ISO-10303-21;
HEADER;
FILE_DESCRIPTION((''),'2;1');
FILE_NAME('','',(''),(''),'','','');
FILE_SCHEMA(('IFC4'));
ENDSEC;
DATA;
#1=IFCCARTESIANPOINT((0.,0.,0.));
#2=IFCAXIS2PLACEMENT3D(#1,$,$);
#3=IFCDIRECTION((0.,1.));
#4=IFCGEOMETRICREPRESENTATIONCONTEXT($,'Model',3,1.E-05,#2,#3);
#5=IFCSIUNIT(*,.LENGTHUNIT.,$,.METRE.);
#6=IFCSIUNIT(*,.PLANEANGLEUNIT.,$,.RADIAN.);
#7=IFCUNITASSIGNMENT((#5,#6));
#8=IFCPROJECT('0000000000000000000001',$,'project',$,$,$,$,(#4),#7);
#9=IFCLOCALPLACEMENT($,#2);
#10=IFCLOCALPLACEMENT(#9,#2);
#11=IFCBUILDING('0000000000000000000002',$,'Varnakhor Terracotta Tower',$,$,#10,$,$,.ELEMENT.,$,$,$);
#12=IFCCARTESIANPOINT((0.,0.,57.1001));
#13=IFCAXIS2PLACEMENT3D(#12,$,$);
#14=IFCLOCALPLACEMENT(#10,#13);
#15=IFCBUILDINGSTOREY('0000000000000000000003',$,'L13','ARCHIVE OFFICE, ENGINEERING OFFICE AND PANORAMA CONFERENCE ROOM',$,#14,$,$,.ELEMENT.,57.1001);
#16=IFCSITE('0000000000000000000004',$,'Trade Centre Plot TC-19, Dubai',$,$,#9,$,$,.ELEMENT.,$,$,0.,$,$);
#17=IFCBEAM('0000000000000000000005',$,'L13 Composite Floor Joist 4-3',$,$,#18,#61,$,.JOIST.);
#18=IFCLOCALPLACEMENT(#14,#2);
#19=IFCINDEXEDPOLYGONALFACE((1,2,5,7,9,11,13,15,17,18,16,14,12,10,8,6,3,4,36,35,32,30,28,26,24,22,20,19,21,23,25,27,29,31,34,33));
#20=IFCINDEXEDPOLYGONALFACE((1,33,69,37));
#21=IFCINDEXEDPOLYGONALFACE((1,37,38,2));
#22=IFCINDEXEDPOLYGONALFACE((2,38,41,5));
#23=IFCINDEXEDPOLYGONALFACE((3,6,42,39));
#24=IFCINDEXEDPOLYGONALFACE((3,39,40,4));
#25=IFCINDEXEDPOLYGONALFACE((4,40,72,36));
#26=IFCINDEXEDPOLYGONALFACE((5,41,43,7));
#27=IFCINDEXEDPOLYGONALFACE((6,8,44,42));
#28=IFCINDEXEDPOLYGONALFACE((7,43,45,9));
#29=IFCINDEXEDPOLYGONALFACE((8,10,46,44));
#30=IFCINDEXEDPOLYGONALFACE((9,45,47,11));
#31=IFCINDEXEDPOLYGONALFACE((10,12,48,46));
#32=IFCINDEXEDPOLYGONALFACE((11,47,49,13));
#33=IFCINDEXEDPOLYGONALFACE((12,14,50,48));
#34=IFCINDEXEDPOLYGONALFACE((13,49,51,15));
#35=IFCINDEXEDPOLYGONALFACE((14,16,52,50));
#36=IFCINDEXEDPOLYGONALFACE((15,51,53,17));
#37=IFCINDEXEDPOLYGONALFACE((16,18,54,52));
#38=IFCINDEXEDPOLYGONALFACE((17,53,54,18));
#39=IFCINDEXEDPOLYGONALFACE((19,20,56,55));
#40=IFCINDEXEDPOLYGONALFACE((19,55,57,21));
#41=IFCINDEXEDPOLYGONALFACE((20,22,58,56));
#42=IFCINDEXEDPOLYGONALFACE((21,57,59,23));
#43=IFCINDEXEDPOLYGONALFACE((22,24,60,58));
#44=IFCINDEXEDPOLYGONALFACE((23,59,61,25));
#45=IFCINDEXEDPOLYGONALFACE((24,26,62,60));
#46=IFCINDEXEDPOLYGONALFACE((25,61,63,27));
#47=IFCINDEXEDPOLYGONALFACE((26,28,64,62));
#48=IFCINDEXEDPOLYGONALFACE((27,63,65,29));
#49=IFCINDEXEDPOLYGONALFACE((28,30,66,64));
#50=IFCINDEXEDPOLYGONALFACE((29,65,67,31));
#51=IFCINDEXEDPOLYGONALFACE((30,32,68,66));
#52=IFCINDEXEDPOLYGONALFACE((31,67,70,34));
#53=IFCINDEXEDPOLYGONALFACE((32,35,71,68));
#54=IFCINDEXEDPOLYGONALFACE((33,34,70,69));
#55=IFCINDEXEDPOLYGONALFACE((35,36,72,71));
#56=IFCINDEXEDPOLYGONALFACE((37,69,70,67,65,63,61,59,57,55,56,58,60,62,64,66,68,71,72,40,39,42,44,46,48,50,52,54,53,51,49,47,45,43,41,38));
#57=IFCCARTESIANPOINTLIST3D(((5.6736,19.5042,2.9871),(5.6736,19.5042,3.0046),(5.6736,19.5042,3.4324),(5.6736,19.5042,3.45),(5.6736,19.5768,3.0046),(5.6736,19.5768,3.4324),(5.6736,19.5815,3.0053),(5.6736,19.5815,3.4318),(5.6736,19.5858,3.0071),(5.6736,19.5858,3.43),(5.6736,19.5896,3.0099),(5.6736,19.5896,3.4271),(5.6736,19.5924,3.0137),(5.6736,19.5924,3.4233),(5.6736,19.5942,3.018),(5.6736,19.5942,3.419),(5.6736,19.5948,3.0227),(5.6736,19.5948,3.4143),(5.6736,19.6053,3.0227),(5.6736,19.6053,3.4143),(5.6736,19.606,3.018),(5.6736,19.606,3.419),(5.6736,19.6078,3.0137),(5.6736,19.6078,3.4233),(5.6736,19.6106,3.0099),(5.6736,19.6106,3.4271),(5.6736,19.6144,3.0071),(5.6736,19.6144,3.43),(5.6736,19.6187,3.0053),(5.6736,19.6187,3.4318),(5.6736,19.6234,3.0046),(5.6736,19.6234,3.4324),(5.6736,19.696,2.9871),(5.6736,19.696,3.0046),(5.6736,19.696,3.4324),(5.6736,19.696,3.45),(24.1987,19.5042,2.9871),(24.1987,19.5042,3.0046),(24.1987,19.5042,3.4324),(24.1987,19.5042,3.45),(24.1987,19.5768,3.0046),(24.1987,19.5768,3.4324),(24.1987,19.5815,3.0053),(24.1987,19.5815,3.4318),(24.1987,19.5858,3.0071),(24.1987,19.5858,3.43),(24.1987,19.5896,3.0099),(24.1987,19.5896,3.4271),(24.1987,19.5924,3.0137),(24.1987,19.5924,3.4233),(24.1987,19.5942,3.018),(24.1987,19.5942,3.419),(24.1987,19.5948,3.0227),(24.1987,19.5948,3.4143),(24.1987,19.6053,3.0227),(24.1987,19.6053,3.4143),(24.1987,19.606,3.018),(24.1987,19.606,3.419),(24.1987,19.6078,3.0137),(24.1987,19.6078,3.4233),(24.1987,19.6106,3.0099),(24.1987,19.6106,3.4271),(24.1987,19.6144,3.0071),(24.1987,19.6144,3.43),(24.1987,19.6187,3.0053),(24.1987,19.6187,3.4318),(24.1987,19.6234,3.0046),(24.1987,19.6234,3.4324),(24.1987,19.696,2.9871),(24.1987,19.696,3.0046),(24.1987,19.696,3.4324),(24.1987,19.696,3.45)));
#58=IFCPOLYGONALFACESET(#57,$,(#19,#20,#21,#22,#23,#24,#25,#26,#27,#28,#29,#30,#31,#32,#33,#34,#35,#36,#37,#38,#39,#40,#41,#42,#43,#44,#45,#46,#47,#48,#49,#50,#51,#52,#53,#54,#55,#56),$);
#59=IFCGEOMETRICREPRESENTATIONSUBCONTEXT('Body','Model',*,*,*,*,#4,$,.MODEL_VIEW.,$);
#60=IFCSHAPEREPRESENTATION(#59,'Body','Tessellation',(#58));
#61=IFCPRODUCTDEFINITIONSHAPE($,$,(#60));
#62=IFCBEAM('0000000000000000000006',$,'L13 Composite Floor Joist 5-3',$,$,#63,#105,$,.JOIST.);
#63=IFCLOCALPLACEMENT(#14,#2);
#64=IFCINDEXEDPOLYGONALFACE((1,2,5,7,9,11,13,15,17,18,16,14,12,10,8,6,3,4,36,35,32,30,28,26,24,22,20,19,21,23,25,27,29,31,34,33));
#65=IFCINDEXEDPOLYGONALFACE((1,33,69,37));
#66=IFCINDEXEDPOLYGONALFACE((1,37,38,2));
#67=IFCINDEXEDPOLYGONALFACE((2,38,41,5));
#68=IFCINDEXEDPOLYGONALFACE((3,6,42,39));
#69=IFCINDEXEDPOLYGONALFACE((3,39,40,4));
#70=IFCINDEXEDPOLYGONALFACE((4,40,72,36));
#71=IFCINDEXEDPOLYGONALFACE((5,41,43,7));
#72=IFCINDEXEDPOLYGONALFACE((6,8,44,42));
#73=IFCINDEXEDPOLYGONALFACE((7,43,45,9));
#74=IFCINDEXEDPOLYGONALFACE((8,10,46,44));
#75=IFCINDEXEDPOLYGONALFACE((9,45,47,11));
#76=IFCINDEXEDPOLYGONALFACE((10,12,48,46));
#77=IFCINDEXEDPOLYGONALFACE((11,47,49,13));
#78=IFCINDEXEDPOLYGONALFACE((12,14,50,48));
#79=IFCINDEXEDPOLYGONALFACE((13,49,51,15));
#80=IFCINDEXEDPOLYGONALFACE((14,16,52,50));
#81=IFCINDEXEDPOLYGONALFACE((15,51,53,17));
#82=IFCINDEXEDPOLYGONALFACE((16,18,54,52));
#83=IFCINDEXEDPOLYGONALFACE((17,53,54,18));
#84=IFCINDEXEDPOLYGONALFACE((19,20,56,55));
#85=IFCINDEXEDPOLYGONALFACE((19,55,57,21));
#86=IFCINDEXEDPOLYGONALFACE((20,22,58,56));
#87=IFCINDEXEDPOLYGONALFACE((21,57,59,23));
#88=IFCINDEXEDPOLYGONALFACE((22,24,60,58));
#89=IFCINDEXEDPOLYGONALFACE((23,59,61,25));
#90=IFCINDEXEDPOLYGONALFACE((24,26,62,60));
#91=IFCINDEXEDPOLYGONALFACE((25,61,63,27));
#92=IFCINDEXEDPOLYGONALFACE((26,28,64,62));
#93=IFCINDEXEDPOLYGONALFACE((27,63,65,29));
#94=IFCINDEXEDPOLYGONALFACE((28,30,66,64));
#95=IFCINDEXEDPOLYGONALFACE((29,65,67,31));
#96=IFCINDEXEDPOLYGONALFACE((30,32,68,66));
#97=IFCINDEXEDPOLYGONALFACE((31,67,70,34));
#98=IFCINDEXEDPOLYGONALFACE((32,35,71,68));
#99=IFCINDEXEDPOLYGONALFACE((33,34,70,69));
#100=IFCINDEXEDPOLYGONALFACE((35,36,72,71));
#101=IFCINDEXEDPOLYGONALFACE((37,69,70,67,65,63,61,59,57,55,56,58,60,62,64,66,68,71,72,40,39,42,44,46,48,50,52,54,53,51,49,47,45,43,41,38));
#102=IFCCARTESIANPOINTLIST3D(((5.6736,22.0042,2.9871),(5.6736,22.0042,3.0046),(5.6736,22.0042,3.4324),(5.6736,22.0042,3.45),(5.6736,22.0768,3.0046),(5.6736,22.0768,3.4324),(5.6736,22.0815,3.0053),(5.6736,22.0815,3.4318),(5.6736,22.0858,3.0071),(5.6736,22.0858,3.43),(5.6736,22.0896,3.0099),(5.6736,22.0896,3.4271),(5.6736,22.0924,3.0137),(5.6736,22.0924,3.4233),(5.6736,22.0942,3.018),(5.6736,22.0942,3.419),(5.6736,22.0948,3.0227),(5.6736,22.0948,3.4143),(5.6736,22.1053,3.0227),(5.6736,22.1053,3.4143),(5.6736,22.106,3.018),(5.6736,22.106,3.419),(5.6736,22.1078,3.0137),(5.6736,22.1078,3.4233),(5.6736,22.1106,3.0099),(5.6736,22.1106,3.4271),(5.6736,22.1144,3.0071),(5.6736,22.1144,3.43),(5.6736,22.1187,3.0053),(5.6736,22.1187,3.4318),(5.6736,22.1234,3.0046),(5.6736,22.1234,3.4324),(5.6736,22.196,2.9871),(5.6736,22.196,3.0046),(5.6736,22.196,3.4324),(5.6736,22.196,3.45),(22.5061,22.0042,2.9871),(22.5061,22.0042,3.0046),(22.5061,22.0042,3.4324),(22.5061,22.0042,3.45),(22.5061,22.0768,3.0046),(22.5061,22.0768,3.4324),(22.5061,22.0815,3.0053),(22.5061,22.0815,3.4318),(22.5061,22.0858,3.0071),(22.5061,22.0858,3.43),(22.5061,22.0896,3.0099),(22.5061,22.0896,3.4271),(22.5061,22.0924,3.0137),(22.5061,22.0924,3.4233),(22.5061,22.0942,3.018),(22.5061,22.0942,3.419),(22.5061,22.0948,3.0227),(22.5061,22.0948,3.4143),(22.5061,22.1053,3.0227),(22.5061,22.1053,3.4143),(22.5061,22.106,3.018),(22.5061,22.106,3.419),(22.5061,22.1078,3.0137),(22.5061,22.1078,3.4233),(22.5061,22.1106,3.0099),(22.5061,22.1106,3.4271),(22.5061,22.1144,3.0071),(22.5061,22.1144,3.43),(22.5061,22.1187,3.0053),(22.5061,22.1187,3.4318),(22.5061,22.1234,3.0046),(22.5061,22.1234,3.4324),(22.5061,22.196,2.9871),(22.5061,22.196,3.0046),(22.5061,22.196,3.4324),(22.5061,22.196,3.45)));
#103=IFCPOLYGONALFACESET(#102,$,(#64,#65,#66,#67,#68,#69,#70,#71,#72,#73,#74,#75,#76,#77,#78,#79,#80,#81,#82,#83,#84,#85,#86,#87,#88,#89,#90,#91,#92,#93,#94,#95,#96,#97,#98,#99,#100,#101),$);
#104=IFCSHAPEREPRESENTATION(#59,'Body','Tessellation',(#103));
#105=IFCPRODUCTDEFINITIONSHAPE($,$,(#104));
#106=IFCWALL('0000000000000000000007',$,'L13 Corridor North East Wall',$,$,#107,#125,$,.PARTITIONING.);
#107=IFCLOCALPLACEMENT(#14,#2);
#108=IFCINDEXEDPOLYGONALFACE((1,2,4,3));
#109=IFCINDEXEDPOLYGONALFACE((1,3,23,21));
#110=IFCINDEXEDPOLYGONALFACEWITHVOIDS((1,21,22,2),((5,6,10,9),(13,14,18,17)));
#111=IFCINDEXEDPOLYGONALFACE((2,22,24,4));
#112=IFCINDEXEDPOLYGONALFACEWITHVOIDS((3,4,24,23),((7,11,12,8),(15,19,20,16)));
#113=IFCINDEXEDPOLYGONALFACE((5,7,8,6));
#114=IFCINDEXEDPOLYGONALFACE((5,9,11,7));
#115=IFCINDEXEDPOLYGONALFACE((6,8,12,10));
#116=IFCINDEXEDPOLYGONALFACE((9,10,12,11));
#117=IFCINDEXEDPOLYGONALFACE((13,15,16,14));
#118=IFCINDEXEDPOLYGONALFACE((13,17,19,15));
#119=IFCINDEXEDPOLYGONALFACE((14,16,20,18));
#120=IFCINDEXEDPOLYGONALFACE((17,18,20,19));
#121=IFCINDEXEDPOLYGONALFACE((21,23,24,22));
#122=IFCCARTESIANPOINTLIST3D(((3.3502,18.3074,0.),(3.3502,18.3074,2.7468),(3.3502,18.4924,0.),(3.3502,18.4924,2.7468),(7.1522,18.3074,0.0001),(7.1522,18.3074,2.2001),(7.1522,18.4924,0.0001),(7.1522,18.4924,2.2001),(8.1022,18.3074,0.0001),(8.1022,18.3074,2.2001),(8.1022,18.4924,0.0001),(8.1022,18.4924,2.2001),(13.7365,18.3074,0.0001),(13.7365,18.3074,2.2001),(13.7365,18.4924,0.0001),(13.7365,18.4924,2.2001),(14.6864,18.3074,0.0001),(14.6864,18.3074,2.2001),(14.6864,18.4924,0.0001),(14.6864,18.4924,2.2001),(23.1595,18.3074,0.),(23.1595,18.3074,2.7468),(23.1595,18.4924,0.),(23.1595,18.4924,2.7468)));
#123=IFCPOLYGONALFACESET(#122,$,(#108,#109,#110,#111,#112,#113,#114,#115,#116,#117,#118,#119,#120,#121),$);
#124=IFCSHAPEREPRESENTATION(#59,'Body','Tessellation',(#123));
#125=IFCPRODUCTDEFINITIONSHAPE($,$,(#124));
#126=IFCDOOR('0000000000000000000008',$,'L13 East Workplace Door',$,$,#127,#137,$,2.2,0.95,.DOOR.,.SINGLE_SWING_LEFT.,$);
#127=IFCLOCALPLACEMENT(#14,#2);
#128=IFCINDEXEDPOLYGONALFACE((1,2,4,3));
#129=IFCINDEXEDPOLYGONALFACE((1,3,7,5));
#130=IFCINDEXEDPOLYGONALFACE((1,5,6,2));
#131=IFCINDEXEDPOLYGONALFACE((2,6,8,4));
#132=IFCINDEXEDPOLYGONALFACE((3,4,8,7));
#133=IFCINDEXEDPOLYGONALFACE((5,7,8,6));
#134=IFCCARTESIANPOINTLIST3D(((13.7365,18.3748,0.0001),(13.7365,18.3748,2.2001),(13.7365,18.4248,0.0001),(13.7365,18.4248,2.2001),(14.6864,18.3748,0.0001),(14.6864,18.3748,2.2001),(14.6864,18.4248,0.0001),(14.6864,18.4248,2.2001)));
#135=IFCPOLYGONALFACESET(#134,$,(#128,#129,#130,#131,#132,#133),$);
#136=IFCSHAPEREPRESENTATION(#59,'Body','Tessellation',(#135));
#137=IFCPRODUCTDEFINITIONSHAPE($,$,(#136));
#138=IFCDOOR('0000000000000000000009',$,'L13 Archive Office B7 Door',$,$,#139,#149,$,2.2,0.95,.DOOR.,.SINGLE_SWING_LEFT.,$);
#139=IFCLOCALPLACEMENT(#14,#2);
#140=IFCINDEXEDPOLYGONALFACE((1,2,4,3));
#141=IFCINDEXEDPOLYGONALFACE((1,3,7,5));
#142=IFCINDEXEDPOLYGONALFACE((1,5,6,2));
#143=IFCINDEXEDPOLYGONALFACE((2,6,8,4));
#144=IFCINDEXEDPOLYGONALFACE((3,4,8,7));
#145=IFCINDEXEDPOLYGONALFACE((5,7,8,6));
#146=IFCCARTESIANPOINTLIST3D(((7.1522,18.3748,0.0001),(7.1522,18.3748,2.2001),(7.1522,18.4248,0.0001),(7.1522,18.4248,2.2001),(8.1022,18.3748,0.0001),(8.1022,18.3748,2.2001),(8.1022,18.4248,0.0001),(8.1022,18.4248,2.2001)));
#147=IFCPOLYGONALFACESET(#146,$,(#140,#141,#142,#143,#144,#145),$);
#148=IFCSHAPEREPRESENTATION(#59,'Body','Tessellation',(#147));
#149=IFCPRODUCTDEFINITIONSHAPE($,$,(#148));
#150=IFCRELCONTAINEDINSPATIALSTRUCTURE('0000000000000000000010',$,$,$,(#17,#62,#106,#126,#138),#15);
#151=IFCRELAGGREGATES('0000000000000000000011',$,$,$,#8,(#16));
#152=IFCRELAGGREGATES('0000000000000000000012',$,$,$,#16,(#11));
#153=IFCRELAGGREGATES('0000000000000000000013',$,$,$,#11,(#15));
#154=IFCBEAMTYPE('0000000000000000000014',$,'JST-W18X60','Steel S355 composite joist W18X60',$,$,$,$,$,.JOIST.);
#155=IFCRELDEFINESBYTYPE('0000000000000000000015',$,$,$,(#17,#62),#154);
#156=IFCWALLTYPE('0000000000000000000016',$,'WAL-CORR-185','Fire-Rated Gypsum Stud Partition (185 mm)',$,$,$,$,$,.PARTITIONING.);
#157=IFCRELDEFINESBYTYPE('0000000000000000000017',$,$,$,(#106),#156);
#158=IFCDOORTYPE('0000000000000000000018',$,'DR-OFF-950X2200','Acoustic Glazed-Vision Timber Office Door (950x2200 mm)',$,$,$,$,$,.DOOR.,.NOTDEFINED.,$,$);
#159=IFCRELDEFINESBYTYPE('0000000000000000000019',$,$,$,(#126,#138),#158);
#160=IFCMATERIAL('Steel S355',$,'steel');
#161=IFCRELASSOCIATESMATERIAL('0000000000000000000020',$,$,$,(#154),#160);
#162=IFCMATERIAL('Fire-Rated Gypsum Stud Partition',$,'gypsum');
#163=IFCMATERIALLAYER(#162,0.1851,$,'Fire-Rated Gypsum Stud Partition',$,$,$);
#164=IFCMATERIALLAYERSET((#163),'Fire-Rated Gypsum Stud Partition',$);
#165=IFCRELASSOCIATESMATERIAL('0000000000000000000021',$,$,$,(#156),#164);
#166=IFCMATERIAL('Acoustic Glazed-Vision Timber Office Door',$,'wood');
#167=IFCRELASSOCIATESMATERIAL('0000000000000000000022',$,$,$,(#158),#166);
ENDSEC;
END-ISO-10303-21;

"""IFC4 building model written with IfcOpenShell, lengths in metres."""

from ifc_helpers import new_model, si_unit, direction, frame, frame_2d, origin, origin_2d, place, context, subcontext, project, spatial, rectangle, i_section, extrude, source, transform, mapped, material, layer, layer_set, material_profile, profile_set, type_object, type_shapes, element, fill, save


model = new_model("IFC4")

# Units and contexts
model_context = context("Model", 3, precision=1e-05, world=origin(), true_north=direction((0.0, 1.0)))
body_context = subcontext(model_context, "Body", "Model", "MODEL_VIEW")
ifc_project = project(units=[si_unit("LENGTHUNIT", "METRE"), si_unit("PLANEANGLEUNIT", "RADIAN")], contexts=[model_context])

# Site, building, storey
site_placement = place(None, origin())
site = spatial("IfcSite", under=ifc_project, at=site_placement, Name="Trade Centre Plot TC-19, Dubai", CompositionType="ELEMENT", RefElevation=0.0)
building_placement = place(site_placement, origin())
building = spatial("IfcBuilding", under=site, at=building_placement, Name="Varnakhor Terracotta Tower", CompositionType="ELEMENT")
storey_placement = place(building_placement, frame((0.0, 0.0, 57.1001)))
storey = spatial("IfcBuildingStorey", under=building, at=storey_placement, Name="L13", Description="ARCHIVE OFFICE, ENGINEERING OFFICE AND PANORAMA CONFERENCE ROOM", CompositionType="ELEMENT", Elevation=57.1001)

# Beams
ifc_material_1 = material(Name="Steel S355", Category="steel")
ifc_material_profile_1 = material_profile(ifc_material_1, i_section(OverallWidth=0.1919, OverallDepth=0.4629, WebThickness=0.0105, FlangeThickness=0.0176, FilletRadius=0.0181, at=origin_2d()), Name="W18X60")
ifc_profile_set_1 = profile_set([ifc_material_profile_1], Name="Steel S355")
beam_type_1 = type_object("IfcBeamType", Name="JST-W18X60", Description="Steel S355 composite joist W18X60", PredefinedType="JOIST", material=ifc_profile_set_1)
shared_shape_1 = source(origin(), body_context, "Body", "SweptSolid", [
    extrude(i_section(OverallWidth=0.1919, OverallDepth=0.4629, WebThickness=0.0105, FlangeThickness=0.0176, FilletRadius=0.0181, at=origin_2d()), origin(), (0.0, 0.0, 1.0), 18.5251),
])
beam_1_placement = place(storey_placement, frame((5.6736, 19.6001, 3.2185), z_axis=(1.0, 0.0, 0.0), x_axis=(0.0, 1.0, 0.0)))
element("IfcBeam", 1, at=beam_1_placement, inside=storey, type_object=beam_type_1, Name="L13 Composite Floor Joist 4-3", PredefinedType="JOIST", context=body_context, shape_type="MappedRepresentation", body=[
    mapped(shared_shape_1, transform((0.0, 0.0, 0.0), scale=1.0)),
])
shared_shape_2 = source(origin(), body_context, "Body", "SweptSolid", [
    extrude(i_section(OverallWidth=0.1919, OverallDepth=0.4629, WebThickness=0.0105, FlangeThickness=0.0176, FilletRadius=0.0181, at=origin_2d()), origin(), (0.0, 0.0, 1.0), 16.8325),
])
beam_2_placement = place(storey_placement, frame((5.6736, 22.1001, 3.2185), z_axis=(1.0, 0.0, 0.0), x_axis=(0.0, 1.0, 0.0)))
element("IfcBeam", 2, at=beam_2_placement, inside=storey, type_object=beam_type_1, Name="L13 Composite Floor Joist 5-3", PredefinedType="JOIST", context=body_context, shape_type="MappedRepresentation", body=[
    mapped(shared_shape_2, transform((0.0, 0.0, 0.0), scale=1.0)),
])

# Wall, openings, doors
ifc_material_2 = material(Name="Fire-Rated Gypsum Stud Partition", Category="gypsum")
ifc_layer_1 = layer(ifc_material_2, 0.1851, Name="Fire-Rated Gypsum Stud Partition")
ifc_layer_set_1 = layer_set([ifc_layer_1], Name="Fire-Rated Gypsum Stud Partition")
wall_type_1 = type_object("IfcWallType", Name="WAL-CORR-185", Description="Fire-Rated Gypsum Stud Partition (185 mm)", PredefinedType="PARTITIONING", material=ifc_layer_set_1)
wall_1_placement = place(storey_placement, frame((3.3501, 18.3999, 0.0), z_axis=(0.0, 0.0, 1.0), x_axis=(1.0, 0.0, 0.0)))
wall_1 = element("IfcWall", 3, at=wall_1_placement, inside=storey, type_object=wall_type_1, Name="L13 Corridor North East Wall", PredefinedType="PARTITIONING", context=body_context, shape_type="SweptSolid", body=[
    extrude(rectangle(XDim=19.8093, YDim=0.1851, at=frame_2d((9.9048, 0.0))), origin(), (0.0, 0.0, 1.0), 2.7468),
])
opening_1_placement = place(wall_1_placement, frame((10.3862, 0.0, 0.0)))
opening_1 = element("IfcOpeningElement", 4, at=opening_1_placement, cuts=wall_1, PredefinedType="OPENING", context=body_context, shape_type="SweptSolid", body=[
    extrude(rectangle(XDim=0.95, YDim=2.2, at=frame_2d((0.4751, 1.1001))), frame((0.0, 0.1025, 0.0), z_axis=(0.0, -1.0, 0.0), x_axis=(1.0, 0.0, 0.0)), (0.0, 0.0, 1.0), 0.2051),
])
opening_2_placement = place(wall_1_placement, frame((3.802, 0.0, 0.0)))
opening_2 = element("IfcOpeningElement", 5, at=opening_2_placement, cuts=wall_1, PredefinedType="OPENING", context=body_context, shape_type="SweptSolid", body=[
    extrude(rectangle(XDim=0.95, YDim=2.2, at=frame_2d((0.4751, 1.1001))), frame((0.0, 0.1025, 0.0), z_axis=(0.0, -1.0, 0.0), x_axis=(1.0, 0.0, 0.0)), (0.0, 0.0, 1.0), 0.2051),
])
ifc_material_3 = material(Name="Acoustic Glazed-Vision Timber Office Door", Category="wood")
door_type_1 = type_object("IfcDoorType", Name="DR-OFF-950X2200", Description="Acoustic Glazed-Vision Timber Office Door (950x2200 mm)", OperationType="NOTDEFINED", PredefinedType="DOOR", material=ifc_material_3)
shared_shape_3 = source(origin(), body_context, "Body", "SweptSolid", [
    extrude(rectangle(XDim=0.95, YDim=2.2, at=frame_2d((0.4751, 1.1001))), frame((0.0, 0.0249, 0.0), z_axis=(0.0, -1.0, 0.0), x_axis=(1.0, 0.0, 0.0)), (0.0, 0.0, 1.0), 0.05),
])
type_shapes(door_type_1, [shared_shape_3])
door_1_placement = place(opening_1_placement, origin())
door_1 = element("IfcDoor", 6, at=door_1_placement, inside=storey, type_object=door_type_1, Name="L13 East Workplace Door", OperationType="SINGLE_SWING_LEFT", OverallHeight=2.2, OverallWidth=0.95, PredefinedType="DOOR", context=body_context, shape_type="MappedRepresentation", body=[
    mapped(shared_shape_3, transform((0.0, 0.0, 0.0), scale=1.0)),
])
fill(opening_1, door_1)
door_2_placement = place(opening_2_placement, origin())
door_2 = element("IfcDoor", 7, at=door_2_placement, inside=storey, type_object=door_type_1, Name="L13 Archive Office B7 Door", OperationType="SINGLE_SWING_LEFT", OverallHeight=2.2, OverallWidth=0.95, PredefinedType="DOOR", context=body_context, shape_type="MappedRepresentation", body=[
    mapped(shared_shape_3, transform((0.0, 0.0, 0.0), scale=1.0)),
])
fill(opening_2, door_2)

save(model, "model.ifc")
